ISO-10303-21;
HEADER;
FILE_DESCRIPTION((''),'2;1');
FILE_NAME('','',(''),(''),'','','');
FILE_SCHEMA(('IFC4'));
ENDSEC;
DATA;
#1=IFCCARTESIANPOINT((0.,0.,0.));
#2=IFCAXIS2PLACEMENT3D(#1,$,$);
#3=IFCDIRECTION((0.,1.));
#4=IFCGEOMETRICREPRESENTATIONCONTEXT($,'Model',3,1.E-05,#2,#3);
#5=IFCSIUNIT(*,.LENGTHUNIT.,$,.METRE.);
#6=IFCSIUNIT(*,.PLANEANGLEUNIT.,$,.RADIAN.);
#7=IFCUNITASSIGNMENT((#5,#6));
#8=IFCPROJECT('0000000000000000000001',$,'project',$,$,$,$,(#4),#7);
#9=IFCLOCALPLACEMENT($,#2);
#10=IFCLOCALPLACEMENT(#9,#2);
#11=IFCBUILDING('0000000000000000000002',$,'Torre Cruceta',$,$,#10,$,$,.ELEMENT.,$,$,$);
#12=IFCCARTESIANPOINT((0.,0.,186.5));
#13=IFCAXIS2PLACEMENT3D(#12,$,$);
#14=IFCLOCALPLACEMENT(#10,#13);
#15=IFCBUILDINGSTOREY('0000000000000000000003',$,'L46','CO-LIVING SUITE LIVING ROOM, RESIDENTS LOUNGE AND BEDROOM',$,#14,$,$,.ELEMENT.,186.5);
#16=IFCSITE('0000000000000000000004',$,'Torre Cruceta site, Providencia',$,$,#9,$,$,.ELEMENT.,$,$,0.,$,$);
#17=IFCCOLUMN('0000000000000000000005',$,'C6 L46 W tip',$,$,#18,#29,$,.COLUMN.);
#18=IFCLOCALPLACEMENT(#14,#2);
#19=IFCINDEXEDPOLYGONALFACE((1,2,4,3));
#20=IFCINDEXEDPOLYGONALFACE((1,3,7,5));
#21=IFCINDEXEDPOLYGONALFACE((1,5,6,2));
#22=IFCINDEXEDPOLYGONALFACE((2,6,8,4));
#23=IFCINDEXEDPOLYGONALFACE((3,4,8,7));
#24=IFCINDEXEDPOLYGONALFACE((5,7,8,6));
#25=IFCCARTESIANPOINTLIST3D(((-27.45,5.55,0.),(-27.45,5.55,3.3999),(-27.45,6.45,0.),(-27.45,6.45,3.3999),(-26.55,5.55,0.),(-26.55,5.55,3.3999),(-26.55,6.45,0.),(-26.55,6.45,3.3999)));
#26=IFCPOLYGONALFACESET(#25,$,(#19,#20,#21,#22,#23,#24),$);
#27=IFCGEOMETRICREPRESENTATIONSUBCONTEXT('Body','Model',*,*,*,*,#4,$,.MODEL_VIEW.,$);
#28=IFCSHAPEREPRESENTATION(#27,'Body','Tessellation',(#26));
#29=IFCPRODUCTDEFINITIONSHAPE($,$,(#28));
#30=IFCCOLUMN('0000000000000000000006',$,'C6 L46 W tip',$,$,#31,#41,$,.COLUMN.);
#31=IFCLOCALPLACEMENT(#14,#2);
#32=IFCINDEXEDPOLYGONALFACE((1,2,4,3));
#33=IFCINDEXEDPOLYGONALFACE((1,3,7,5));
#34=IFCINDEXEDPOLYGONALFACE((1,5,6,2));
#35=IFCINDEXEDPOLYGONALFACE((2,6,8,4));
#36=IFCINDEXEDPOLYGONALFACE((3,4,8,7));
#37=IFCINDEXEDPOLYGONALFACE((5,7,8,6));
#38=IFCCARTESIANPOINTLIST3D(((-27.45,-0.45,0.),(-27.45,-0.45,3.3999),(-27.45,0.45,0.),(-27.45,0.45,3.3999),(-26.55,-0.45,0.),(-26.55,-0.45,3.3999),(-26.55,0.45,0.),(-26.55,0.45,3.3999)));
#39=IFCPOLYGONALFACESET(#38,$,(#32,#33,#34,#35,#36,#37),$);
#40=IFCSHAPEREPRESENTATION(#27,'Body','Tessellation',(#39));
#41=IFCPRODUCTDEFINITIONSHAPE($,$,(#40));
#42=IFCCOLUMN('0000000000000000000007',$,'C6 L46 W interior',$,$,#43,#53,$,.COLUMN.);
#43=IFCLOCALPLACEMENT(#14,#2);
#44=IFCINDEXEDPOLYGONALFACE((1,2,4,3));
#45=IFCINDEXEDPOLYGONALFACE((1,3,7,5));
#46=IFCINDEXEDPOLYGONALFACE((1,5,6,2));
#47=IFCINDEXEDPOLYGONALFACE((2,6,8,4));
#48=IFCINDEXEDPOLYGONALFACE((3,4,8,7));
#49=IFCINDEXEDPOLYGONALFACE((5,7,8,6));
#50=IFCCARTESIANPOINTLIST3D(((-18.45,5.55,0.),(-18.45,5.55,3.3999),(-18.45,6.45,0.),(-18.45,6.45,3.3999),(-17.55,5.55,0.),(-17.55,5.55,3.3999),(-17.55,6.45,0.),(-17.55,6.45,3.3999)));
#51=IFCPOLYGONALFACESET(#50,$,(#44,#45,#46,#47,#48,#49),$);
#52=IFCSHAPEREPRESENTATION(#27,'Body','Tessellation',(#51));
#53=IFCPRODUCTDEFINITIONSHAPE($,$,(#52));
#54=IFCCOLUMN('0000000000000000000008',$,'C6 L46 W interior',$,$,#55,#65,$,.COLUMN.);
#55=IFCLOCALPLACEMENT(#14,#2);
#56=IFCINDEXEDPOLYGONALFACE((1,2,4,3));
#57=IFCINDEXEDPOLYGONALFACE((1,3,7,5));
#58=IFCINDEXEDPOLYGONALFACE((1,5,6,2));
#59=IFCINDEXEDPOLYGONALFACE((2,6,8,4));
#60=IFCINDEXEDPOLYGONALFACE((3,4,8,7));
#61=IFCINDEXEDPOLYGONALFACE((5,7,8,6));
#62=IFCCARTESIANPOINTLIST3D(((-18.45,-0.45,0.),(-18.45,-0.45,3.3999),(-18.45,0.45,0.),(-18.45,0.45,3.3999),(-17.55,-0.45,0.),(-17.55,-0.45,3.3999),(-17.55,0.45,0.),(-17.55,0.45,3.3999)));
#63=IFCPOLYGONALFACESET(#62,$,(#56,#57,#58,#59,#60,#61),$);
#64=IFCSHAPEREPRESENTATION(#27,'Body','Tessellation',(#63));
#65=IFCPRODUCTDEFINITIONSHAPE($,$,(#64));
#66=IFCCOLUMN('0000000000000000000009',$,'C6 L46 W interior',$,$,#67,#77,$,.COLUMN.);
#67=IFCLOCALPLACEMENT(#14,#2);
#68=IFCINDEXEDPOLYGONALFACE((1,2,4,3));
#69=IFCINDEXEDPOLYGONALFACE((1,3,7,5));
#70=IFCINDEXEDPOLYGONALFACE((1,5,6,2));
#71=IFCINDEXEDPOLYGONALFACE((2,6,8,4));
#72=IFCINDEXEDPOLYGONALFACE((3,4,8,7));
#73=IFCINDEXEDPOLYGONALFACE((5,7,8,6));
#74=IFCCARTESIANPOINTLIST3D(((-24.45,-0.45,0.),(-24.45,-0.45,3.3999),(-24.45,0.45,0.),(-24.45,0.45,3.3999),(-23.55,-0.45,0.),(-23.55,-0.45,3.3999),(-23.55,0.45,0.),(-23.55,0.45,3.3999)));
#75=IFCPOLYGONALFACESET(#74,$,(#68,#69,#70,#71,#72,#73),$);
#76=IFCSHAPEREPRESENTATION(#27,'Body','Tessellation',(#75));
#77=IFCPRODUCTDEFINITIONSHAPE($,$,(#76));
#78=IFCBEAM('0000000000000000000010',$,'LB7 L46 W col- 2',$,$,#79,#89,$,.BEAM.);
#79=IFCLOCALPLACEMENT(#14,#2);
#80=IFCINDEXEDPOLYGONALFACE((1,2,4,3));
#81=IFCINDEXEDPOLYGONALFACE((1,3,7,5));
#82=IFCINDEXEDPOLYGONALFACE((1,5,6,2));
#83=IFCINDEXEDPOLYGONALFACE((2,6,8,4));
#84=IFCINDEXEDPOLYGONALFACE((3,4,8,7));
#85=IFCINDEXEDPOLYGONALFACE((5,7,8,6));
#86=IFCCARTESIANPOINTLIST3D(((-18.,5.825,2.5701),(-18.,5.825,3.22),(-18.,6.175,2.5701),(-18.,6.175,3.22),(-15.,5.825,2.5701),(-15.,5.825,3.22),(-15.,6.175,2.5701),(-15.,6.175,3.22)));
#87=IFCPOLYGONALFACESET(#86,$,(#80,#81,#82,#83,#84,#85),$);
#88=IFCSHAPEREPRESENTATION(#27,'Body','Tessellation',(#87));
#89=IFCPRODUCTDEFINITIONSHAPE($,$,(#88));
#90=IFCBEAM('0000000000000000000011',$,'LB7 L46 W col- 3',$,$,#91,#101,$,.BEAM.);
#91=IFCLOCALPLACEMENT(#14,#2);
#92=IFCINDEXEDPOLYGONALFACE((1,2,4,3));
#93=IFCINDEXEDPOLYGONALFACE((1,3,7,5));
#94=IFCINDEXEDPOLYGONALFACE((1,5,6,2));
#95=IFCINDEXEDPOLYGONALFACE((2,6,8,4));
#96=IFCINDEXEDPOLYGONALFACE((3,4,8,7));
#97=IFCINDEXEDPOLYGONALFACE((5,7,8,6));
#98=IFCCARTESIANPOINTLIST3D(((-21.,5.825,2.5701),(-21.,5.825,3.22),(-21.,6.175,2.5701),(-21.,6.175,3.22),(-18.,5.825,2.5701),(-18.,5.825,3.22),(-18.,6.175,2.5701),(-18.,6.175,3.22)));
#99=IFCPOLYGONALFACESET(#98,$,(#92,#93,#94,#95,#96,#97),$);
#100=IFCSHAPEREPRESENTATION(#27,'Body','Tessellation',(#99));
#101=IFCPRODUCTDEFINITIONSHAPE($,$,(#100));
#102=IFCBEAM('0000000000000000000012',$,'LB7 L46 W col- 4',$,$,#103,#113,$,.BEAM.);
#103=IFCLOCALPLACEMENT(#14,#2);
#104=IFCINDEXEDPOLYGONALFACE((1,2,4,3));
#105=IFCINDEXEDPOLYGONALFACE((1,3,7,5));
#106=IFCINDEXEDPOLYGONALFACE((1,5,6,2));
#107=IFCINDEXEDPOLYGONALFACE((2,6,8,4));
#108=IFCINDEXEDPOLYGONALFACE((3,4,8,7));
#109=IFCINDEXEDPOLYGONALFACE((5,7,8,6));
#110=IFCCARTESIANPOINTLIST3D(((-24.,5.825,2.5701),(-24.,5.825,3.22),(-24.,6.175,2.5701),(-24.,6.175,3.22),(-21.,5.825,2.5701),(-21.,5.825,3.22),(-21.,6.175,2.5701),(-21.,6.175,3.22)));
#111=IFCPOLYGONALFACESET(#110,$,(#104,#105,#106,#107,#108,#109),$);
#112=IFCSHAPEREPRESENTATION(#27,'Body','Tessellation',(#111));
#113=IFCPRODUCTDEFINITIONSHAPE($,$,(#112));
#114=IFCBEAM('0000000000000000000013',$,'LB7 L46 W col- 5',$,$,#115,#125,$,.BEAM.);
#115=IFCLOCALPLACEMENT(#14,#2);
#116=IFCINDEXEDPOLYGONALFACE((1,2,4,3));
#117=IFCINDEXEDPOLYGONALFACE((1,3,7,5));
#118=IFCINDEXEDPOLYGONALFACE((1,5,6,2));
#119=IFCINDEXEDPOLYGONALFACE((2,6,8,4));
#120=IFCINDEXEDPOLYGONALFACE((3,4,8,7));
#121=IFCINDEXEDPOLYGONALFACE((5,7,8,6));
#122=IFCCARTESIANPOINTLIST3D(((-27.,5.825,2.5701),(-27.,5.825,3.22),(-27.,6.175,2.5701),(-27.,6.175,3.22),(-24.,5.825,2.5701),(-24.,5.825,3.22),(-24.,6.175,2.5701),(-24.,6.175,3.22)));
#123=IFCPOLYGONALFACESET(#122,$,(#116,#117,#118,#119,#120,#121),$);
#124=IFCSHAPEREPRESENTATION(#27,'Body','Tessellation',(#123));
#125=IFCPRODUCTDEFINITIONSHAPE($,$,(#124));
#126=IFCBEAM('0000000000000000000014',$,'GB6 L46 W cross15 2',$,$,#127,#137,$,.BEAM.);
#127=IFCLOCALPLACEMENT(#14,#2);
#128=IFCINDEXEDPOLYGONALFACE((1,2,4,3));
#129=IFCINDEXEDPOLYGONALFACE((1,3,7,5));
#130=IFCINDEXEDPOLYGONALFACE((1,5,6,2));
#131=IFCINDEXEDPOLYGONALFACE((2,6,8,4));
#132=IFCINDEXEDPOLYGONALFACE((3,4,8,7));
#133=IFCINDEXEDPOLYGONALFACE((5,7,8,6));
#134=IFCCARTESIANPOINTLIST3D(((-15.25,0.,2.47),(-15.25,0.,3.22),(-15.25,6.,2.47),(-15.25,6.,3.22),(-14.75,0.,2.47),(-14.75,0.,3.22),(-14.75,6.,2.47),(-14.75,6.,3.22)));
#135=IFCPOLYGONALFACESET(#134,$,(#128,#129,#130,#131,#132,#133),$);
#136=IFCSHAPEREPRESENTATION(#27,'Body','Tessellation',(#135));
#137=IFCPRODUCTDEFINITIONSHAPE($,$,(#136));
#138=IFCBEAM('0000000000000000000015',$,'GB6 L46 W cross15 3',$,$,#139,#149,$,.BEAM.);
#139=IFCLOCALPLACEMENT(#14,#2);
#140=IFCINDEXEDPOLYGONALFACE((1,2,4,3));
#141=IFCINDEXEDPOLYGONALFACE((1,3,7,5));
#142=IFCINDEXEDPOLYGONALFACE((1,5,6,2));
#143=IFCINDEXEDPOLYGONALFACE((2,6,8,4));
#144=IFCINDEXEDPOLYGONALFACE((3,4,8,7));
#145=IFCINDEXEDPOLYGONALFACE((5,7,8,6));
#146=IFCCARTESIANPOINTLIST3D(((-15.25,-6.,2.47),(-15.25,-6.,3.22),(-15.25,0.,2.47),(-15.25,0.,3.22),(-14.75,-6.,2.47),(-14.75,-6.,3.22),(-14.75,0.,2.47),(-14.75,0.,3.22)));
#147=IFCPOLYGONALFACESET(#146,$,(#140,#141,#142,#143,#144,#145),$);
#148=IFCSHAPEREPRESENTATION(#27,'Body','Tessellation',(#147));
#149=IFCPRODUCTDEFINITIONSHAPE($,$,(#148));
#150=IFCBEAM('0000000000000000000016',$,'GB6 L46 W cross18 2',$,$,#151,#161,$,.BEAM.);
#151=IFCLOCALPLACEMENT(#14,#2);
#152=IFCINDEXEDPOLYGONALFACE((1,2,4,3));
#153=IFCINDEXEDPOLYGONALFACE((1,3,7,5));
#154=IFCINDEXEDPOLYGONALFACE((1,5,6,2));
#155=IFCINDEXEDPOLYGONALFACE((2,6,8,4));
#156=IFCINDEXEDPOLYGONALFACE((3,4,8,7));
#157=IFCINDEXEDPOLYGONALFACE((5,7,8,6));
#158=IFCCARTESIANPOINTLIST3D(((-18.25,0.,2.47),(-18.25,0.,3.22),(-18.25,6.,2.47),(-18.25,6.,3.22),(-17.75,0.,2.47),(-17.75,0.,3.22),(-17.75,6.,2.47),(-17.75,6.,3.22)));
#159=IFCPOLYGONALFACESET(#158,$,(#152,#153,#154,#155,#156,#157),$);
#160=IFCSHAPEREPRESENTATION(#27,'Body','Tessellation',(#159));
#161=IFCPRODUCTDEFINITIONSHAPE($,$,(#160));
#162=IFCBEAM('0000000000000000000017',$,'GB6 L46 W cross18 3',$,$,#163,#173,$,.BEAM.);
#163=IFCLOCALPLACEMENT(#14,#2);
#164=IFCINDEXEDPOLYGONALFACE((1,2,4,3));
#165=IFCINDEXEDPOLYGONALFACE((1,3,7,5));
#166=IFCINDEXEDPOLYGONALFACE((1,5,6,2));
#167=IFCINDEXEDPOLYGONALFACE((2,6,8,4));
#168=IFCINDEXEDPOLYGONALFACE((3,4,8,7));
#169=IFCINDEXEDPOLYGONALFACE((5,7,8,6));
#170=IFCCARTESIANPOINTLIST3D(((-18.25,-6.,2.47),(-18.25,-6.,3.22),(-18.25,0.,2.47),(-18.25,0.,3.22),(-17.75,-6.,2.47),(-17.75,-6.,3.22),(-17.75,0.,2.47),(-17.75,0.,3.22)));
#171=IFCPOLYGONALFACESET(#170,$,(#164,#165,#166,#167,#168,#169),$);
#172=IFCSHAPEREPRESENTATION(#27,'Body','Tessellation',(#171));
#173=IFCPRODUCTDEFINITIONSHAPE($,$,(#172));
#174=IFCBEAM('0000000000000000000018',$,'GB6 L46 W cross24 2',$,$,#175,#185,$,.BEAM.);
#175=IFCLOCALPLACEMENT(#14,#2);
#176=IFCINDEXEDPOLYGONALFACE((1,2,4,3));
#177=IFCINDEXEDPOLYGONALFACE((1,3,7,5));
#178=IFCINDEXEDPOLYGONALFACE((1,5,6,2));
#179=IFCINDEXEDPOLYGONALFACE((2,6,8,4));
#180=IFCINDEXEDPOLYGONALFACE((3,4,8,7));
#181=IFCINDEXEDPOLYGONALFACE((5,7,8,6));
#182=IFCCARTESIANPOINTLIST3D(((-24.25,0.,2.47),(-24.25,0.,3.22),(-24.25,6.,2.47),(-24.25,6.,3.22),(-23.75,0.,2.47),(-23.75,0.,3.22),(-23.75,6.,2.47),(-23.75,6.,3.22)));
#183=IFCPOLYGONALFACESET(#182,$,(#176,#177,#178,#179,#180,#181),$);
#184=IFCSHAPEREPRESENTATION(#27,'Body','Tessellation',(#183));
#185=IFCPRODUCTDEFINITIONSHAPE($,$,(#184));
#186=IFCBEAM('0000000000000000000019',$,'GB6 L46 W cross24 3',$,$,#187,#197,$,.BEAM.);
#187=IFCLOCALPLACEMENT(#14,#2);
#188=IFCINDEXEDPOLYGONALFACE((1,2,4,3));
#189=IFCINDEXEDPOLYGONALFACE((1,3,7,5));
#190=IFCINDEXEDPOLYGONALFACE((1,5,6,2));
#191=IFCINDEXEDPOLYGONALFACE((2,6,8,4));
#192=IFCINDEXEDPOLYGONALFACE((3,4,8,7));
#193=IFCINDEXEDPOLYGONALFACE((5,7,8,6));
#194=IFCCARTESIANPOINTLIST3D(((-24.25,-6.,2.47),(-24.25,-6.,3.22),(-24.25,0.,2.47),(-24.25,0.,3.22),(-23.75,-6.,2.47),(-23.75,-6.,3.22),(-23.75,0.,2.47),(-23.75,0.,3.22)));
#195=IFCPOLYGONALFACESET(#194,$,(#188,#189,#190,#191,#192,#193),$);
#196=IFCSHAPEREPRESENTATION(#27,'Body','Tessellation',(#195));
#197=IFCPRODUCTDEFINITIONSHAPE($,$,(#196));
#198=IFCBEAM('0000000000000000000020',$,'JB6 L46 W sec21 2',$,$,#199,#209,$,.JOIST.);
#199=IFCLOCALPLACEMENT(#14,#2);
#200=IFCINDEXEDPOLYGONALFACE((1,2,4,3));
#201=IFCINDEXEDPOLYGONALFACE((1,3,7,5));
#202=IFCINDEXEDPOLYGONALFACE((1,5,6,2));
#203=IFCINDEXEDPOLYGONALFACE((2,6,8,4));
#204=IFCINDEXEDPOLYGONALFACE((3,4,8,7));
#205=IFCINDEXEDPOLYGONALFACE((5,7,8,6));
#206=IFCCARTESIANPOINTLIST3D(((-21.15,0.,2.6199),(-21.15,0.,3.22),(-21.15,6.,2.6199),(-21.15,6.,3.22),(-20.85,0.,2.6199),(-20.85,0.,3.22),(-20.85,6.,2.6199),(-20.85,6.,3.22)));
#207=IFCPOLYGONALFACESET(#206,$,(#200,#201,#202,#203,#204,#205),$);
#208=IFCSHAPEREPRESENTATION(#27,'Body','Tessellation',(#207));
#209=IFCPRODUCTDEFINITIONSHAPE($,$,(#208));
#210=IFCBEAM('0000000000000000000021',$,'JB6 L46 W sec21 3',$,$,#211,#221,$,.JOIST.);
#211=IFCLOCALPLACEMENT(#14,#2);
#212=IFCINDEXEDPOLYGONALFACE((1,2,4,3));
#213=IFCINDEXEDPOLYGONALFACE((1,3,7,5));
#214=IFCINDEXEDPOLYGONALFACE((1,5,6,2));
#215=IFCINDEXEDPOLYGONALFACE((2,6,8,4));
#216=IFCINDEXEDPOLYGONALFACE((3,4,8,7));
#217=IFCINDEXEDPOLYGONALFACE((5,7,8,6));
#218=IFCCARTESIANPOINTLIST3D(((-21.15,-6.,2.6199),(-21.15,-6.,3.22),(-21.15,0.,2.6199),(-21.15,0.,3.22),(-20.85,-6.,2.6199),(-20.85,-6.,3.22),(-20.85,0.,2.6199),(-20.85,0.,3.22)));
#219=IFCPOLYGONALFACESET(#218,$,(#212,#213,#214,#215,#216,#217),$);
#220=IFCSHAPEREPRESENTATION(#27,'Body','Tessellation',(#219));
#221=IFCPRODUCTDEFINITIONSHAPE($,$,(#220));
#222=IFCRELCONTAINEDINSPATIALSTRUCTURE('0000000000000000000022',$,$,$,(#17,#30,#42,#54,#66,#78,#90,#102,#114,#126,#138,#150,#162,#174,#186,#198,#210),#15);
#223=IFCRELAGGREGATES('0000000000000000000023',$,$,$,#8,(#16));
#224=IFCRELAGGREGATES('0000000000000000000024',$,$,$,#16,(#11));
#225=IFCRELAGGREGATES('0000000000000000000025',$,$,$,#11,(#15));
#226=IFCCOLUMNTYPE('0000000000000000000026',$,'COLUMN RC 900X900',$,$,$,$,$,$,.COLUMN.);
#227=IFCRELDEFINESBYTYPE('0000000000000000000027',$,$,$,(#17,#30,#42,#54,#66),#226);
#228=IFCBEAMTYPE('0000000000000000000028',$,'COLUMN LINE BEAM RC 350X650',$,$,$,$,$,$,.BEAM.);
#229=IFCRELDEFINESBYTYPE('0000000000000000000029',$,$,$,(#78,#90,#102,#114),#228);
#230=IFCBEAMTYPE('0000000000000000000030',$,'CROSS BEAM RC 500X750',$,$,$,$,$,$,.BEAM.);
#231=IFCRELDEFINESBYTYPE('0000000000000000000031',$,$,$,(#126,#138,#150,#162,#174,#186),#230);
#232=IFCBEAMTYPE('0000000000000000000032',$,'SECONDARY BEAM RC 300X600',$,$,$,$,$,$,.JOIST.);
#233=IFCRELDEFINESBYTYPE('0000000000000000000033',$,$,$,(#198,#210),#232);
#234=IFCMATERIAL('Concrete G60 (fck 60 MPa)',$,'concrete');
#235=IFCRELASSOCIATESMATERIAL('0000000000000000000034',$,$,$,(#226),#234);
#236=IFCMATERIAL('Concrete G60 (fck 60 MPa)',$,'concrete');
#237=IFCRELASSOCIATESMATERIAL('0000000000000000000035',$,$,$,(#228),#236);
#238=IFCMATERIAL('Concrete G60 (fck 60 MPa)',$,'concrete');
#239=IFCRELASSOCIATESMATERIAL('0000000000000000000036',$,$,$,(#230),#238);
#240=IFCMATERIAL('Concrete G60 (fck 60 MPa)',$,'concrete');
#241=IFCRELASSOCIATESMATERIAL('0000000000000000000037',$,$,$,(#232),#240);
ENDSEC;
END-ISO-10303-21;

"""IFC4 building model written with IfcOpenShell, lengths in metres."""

from ifc_helpers import new_model, si_unit, direction, frame, origin, origin_2d, place, context, subcontext, project, spatial, rectangle, extrude, material, material_profile, profile_set, type_object, element, save


model = new_model("IFC4")

# Units and contexts
model_context = context("Model", 3, precision=1e-05, world=origin(), true_north=direction((0.0, 1.0)))
body_context = subcontext(model_context, "Body", "Model", "MODEL_VIEW")
ifc_project = project(units=[si_unit("LENGTHUNIT", "METRE"), si_unit("PLANEANGLEUNIT", "RADIAN")], contexts=[model_context])

# Site, building, storey
site_placement = place(None, origin())
site = spatial("IfcSite", under=ifc_project, at=site_placement, Name="Torre Cruceta site, Providencia", CompositionType="ELEMENT", RefElevation=0.0)
building_placement = place(site_placement, origin())
building = spatial("IfcBuilding", under=site, at=building_placement, Name="Torre Cruceta", CompositionType="ELEMENT")
storey_placement = place(building_placement, frame((0.0, 0.0, 186.5)))
storey = spatial("IfcBuildingStorey", under=building, at=storey_placement, Name="L46", Description="CO-LIVING SUITE LIVING ROOM, RESIDENTS LOUNGE AND BEDROOM", CompositionType="ELEMENT", Elevation=186.5)

# Columns
ifc_material_1 = material(Name="Concrete G60 (fck 60 MPa)", Category="concrete")
ifc_material_profile_1 = material_profile(ifc_material_1, rectangle(XDim=0.8999, YDim=0.8999, at=origin_2d()), Name="RC 900X900")
ifc_profile_set_1 = profile_set([ifc_material_profile_1], Name="Concrete G60 (fck 60 MPa)")
column_type = type_object("IfcColumnType", Name="COLUMN RC 900X900", PredefinedType="COLUMN", material=ifc_profile_set_1)
for number, where, z_axis, x_axis, name in (
    (1, (-27.0, 6.0, 0.0), (0.0, 0.0, 1.0), (1.0, 0.0, 0.0), "C6 L46 W tip"),
    (2, (-27.0, 0.0, 0.0), (0.0, 0.0, 1.0), (1.0, 0.0, 0.0), "C6 L46 W tip"),
    (3, (-18.0, 6.0, 0.0), (0.0, 0.0, 1.0), (1.0, 0.0, 0.0), "C6 L46 W interior"),
    (4, (-18.0, 0.0, 0.0), (0.0, 0.0, 1.0), (1.0, 0.0, 0.0), "C6 L46 W interior"),
    (5, (-24.0, 0.0, 0.0), (0.0, 0.0, 1.0), (1.0, 0.0, 0.0), "C6 L46 W interior"),
):
    element("IfcColumn", number, at=place(storey_placement, frame(where, z_axis=z_axis, x_axis=x_axis)), inside=storey, type_object=column_type, Name=name, PredefinedType="COLUMN", context=body_context, shape_type="SweptSolid", body=[
        extrude(rectangle(XDim=0.8999, YDim=0.8999, at=origin_2d()), origin(), (0.0, 0.0, 1.0), 3.3999),
    ])

# Beams
ifc_material_2 = material(Name="Concrete G60 (fck 60 MPa)", Category="concrete")
ifc_material_profile_2 = material_profile(ifc_material_2, rectangle(XDim=0.3501, YDim=0.6499, at=origin_2d()), Name="RC 350X650")
ifc_profile_set_2 = profile_set([ifc_material_profile_2], Name="Concrete G60 (fck 60 MPa)")
beam_type_1 = type_object("IfcBeamType", Name="COLUMN LINE BEAM RC 350X650", PredefinedType="BEAM", material=ifc_profile_set_2)
for number, where, z_axis, x_axis, name in (
    (6, (-15.0, 6.0, 2.895), (-1.0, 0.0, 0.0), (0.0, -1.0, 0.0), "LB7 L46 W col- 2"),
    (7, (-18.0, 6.0, 2.895), (-1.0, 0.0, 0.0), (0.0, -1.0, 0.0), "LB7 L46 W col- 3"),
    (8, (-21.0, 6.0, 2.895), (-1.0, 0.0, 0.0), (0.0, -1.0, 0.0), "LB7 L46 W col- 4"),
    (9, (-24.0, 6.0, 2.895), (-1.0, 0.0, 0.0), (0.0, -1.0, 0.0), "LB7 L46 W col- 5"),
):
    element("IfcBeam", number, at=place(storey_placement, frame(where, z_axis=z_axis, x_axis=x_axis)), inside=storey, type_object=beam_type_1, Name=name, PredefinedType="BEAM", context=body_context, shape_type="SweptSolid", body=[
        extrude(rectangle(XDim=0.3501, YDim=0.6499, at=origin_2d()), origin(), (0.0, 0.0, 1.0), 3.0),
    ])
ifc_material_3 = material(Name="Concrete G60 (fck 60 MPa)", Category="concrete")
ifc_material_profile_3 = material_profile(ifc_material_3, rectangle(XDim=0.5, YDim=0.75, at=origin_2d()), Name="RC 500X750")
ifc_profile_set_3 = profile_set([ifc_material_profile_3], Name="Concrete G60 (fck 60 MPa)")
beam_type_2 = type_object("IfcBeamType", Name="CROSS BEAM RC 500X750", PredefinedType="BEAM", material=ifc_profile_set_3)
for number, where, z_axis, x_axis, name in (
    (10, (-15.0, 6.0, 2.845), (0.0, -1.0, 0.0), (1.0, 0.0, 0.0), "GB6 L46 W cross15 2"),
    (11, (-15.0, 0.0, 2.845), (0.0, -1.0, 0.0), (1.0, 0.0, 0.0), "GB6 L46 W cross15 3"),
    (12, (-18.0, 6.0, 2.845), (0.0, -1.0, 0.0), (1.0, 0.0, 0.0), "GB6 L46 W cross18 2"),
    (13, (-18.0, 0.0, 2.845), (0.0, -1.0, 0.0), (1.0, 0.0, 0.0), "GB6 L46 W cross18 3"),
    (14, (-24.0, 6.0, 2.845), (0.0, -1.0, 0.0), (1.0, 0.0, 0.0), "GB6 L46 W cross24 2"),
    (15, (-24.0, 0.0, 2.845), (0.0, -1.0, 0.0), (1.0, 0.0, 0.0), "GB6 L46 W cross24 3"),
):
    element("IfcBeam", number, at=place(storey_placement, frame(where, z_axis=z_axis, x_axis=x_axis)), inside=storey, type_object=beam_type_2, Name=name, PredefinedType="BEAM", context=body_context, shape_type="SweptSolid", body=[
        extrude(rectangle(XDim=0.5, YDim=0.75, at=origin_2d()), origin(), (0.0, 0.0, 1.0), 6.0),
    ])
ifc_material_4 = material(Name="Concrete G60 (fck 60 MPa)", Category="concrete")
ifc_material_profile_4 = material_profile(ifc_material_4, rectangle(XDim=0.3, YDim=0.6001, at=origin_2d()), Name="RC 300X600")
ifc_profile_set_4 = profile_set([ifc_material_profile_4], Name="Concrete G60 (fck 60 MPa)")
beam_type_3 = type_object("IfcBeamType", Name="SECONDARY BEAM RC 300X600", PredefinedType="JOIST", material=ifc_profile_set_4)
for number, where, z_axis, x_axis, name in (
    (16, (-21.0, 6.0, 2.9199), (0.0, -1.0, 0.0), (1.0, 0.0, 0.0), "JB6 L46 W sec21 2"),
    (17, (-21.0, 0.0, 2.9199), (0.0, -1.0, 0.0), (1.0, 0.0, 0.0), "JB6 L46 W sec21 3"),
):
    element("IfcBeam", number, at=place(storey_placement, frame(where, z_axis=z_axis, x_axis=x_axis)), inside=storey, type_object=beam_type_3, Name=name, PredefinedType="JOIST", context=body_context, shape_type="SweptSolid", body=[
        extrude(rectangle(XDim=0.3, YDim=0.6001, at=origin_2d()), origin(), (0.0, 0.0, 1.0), 6.0),
    ])

save(model, "model.ifc")
